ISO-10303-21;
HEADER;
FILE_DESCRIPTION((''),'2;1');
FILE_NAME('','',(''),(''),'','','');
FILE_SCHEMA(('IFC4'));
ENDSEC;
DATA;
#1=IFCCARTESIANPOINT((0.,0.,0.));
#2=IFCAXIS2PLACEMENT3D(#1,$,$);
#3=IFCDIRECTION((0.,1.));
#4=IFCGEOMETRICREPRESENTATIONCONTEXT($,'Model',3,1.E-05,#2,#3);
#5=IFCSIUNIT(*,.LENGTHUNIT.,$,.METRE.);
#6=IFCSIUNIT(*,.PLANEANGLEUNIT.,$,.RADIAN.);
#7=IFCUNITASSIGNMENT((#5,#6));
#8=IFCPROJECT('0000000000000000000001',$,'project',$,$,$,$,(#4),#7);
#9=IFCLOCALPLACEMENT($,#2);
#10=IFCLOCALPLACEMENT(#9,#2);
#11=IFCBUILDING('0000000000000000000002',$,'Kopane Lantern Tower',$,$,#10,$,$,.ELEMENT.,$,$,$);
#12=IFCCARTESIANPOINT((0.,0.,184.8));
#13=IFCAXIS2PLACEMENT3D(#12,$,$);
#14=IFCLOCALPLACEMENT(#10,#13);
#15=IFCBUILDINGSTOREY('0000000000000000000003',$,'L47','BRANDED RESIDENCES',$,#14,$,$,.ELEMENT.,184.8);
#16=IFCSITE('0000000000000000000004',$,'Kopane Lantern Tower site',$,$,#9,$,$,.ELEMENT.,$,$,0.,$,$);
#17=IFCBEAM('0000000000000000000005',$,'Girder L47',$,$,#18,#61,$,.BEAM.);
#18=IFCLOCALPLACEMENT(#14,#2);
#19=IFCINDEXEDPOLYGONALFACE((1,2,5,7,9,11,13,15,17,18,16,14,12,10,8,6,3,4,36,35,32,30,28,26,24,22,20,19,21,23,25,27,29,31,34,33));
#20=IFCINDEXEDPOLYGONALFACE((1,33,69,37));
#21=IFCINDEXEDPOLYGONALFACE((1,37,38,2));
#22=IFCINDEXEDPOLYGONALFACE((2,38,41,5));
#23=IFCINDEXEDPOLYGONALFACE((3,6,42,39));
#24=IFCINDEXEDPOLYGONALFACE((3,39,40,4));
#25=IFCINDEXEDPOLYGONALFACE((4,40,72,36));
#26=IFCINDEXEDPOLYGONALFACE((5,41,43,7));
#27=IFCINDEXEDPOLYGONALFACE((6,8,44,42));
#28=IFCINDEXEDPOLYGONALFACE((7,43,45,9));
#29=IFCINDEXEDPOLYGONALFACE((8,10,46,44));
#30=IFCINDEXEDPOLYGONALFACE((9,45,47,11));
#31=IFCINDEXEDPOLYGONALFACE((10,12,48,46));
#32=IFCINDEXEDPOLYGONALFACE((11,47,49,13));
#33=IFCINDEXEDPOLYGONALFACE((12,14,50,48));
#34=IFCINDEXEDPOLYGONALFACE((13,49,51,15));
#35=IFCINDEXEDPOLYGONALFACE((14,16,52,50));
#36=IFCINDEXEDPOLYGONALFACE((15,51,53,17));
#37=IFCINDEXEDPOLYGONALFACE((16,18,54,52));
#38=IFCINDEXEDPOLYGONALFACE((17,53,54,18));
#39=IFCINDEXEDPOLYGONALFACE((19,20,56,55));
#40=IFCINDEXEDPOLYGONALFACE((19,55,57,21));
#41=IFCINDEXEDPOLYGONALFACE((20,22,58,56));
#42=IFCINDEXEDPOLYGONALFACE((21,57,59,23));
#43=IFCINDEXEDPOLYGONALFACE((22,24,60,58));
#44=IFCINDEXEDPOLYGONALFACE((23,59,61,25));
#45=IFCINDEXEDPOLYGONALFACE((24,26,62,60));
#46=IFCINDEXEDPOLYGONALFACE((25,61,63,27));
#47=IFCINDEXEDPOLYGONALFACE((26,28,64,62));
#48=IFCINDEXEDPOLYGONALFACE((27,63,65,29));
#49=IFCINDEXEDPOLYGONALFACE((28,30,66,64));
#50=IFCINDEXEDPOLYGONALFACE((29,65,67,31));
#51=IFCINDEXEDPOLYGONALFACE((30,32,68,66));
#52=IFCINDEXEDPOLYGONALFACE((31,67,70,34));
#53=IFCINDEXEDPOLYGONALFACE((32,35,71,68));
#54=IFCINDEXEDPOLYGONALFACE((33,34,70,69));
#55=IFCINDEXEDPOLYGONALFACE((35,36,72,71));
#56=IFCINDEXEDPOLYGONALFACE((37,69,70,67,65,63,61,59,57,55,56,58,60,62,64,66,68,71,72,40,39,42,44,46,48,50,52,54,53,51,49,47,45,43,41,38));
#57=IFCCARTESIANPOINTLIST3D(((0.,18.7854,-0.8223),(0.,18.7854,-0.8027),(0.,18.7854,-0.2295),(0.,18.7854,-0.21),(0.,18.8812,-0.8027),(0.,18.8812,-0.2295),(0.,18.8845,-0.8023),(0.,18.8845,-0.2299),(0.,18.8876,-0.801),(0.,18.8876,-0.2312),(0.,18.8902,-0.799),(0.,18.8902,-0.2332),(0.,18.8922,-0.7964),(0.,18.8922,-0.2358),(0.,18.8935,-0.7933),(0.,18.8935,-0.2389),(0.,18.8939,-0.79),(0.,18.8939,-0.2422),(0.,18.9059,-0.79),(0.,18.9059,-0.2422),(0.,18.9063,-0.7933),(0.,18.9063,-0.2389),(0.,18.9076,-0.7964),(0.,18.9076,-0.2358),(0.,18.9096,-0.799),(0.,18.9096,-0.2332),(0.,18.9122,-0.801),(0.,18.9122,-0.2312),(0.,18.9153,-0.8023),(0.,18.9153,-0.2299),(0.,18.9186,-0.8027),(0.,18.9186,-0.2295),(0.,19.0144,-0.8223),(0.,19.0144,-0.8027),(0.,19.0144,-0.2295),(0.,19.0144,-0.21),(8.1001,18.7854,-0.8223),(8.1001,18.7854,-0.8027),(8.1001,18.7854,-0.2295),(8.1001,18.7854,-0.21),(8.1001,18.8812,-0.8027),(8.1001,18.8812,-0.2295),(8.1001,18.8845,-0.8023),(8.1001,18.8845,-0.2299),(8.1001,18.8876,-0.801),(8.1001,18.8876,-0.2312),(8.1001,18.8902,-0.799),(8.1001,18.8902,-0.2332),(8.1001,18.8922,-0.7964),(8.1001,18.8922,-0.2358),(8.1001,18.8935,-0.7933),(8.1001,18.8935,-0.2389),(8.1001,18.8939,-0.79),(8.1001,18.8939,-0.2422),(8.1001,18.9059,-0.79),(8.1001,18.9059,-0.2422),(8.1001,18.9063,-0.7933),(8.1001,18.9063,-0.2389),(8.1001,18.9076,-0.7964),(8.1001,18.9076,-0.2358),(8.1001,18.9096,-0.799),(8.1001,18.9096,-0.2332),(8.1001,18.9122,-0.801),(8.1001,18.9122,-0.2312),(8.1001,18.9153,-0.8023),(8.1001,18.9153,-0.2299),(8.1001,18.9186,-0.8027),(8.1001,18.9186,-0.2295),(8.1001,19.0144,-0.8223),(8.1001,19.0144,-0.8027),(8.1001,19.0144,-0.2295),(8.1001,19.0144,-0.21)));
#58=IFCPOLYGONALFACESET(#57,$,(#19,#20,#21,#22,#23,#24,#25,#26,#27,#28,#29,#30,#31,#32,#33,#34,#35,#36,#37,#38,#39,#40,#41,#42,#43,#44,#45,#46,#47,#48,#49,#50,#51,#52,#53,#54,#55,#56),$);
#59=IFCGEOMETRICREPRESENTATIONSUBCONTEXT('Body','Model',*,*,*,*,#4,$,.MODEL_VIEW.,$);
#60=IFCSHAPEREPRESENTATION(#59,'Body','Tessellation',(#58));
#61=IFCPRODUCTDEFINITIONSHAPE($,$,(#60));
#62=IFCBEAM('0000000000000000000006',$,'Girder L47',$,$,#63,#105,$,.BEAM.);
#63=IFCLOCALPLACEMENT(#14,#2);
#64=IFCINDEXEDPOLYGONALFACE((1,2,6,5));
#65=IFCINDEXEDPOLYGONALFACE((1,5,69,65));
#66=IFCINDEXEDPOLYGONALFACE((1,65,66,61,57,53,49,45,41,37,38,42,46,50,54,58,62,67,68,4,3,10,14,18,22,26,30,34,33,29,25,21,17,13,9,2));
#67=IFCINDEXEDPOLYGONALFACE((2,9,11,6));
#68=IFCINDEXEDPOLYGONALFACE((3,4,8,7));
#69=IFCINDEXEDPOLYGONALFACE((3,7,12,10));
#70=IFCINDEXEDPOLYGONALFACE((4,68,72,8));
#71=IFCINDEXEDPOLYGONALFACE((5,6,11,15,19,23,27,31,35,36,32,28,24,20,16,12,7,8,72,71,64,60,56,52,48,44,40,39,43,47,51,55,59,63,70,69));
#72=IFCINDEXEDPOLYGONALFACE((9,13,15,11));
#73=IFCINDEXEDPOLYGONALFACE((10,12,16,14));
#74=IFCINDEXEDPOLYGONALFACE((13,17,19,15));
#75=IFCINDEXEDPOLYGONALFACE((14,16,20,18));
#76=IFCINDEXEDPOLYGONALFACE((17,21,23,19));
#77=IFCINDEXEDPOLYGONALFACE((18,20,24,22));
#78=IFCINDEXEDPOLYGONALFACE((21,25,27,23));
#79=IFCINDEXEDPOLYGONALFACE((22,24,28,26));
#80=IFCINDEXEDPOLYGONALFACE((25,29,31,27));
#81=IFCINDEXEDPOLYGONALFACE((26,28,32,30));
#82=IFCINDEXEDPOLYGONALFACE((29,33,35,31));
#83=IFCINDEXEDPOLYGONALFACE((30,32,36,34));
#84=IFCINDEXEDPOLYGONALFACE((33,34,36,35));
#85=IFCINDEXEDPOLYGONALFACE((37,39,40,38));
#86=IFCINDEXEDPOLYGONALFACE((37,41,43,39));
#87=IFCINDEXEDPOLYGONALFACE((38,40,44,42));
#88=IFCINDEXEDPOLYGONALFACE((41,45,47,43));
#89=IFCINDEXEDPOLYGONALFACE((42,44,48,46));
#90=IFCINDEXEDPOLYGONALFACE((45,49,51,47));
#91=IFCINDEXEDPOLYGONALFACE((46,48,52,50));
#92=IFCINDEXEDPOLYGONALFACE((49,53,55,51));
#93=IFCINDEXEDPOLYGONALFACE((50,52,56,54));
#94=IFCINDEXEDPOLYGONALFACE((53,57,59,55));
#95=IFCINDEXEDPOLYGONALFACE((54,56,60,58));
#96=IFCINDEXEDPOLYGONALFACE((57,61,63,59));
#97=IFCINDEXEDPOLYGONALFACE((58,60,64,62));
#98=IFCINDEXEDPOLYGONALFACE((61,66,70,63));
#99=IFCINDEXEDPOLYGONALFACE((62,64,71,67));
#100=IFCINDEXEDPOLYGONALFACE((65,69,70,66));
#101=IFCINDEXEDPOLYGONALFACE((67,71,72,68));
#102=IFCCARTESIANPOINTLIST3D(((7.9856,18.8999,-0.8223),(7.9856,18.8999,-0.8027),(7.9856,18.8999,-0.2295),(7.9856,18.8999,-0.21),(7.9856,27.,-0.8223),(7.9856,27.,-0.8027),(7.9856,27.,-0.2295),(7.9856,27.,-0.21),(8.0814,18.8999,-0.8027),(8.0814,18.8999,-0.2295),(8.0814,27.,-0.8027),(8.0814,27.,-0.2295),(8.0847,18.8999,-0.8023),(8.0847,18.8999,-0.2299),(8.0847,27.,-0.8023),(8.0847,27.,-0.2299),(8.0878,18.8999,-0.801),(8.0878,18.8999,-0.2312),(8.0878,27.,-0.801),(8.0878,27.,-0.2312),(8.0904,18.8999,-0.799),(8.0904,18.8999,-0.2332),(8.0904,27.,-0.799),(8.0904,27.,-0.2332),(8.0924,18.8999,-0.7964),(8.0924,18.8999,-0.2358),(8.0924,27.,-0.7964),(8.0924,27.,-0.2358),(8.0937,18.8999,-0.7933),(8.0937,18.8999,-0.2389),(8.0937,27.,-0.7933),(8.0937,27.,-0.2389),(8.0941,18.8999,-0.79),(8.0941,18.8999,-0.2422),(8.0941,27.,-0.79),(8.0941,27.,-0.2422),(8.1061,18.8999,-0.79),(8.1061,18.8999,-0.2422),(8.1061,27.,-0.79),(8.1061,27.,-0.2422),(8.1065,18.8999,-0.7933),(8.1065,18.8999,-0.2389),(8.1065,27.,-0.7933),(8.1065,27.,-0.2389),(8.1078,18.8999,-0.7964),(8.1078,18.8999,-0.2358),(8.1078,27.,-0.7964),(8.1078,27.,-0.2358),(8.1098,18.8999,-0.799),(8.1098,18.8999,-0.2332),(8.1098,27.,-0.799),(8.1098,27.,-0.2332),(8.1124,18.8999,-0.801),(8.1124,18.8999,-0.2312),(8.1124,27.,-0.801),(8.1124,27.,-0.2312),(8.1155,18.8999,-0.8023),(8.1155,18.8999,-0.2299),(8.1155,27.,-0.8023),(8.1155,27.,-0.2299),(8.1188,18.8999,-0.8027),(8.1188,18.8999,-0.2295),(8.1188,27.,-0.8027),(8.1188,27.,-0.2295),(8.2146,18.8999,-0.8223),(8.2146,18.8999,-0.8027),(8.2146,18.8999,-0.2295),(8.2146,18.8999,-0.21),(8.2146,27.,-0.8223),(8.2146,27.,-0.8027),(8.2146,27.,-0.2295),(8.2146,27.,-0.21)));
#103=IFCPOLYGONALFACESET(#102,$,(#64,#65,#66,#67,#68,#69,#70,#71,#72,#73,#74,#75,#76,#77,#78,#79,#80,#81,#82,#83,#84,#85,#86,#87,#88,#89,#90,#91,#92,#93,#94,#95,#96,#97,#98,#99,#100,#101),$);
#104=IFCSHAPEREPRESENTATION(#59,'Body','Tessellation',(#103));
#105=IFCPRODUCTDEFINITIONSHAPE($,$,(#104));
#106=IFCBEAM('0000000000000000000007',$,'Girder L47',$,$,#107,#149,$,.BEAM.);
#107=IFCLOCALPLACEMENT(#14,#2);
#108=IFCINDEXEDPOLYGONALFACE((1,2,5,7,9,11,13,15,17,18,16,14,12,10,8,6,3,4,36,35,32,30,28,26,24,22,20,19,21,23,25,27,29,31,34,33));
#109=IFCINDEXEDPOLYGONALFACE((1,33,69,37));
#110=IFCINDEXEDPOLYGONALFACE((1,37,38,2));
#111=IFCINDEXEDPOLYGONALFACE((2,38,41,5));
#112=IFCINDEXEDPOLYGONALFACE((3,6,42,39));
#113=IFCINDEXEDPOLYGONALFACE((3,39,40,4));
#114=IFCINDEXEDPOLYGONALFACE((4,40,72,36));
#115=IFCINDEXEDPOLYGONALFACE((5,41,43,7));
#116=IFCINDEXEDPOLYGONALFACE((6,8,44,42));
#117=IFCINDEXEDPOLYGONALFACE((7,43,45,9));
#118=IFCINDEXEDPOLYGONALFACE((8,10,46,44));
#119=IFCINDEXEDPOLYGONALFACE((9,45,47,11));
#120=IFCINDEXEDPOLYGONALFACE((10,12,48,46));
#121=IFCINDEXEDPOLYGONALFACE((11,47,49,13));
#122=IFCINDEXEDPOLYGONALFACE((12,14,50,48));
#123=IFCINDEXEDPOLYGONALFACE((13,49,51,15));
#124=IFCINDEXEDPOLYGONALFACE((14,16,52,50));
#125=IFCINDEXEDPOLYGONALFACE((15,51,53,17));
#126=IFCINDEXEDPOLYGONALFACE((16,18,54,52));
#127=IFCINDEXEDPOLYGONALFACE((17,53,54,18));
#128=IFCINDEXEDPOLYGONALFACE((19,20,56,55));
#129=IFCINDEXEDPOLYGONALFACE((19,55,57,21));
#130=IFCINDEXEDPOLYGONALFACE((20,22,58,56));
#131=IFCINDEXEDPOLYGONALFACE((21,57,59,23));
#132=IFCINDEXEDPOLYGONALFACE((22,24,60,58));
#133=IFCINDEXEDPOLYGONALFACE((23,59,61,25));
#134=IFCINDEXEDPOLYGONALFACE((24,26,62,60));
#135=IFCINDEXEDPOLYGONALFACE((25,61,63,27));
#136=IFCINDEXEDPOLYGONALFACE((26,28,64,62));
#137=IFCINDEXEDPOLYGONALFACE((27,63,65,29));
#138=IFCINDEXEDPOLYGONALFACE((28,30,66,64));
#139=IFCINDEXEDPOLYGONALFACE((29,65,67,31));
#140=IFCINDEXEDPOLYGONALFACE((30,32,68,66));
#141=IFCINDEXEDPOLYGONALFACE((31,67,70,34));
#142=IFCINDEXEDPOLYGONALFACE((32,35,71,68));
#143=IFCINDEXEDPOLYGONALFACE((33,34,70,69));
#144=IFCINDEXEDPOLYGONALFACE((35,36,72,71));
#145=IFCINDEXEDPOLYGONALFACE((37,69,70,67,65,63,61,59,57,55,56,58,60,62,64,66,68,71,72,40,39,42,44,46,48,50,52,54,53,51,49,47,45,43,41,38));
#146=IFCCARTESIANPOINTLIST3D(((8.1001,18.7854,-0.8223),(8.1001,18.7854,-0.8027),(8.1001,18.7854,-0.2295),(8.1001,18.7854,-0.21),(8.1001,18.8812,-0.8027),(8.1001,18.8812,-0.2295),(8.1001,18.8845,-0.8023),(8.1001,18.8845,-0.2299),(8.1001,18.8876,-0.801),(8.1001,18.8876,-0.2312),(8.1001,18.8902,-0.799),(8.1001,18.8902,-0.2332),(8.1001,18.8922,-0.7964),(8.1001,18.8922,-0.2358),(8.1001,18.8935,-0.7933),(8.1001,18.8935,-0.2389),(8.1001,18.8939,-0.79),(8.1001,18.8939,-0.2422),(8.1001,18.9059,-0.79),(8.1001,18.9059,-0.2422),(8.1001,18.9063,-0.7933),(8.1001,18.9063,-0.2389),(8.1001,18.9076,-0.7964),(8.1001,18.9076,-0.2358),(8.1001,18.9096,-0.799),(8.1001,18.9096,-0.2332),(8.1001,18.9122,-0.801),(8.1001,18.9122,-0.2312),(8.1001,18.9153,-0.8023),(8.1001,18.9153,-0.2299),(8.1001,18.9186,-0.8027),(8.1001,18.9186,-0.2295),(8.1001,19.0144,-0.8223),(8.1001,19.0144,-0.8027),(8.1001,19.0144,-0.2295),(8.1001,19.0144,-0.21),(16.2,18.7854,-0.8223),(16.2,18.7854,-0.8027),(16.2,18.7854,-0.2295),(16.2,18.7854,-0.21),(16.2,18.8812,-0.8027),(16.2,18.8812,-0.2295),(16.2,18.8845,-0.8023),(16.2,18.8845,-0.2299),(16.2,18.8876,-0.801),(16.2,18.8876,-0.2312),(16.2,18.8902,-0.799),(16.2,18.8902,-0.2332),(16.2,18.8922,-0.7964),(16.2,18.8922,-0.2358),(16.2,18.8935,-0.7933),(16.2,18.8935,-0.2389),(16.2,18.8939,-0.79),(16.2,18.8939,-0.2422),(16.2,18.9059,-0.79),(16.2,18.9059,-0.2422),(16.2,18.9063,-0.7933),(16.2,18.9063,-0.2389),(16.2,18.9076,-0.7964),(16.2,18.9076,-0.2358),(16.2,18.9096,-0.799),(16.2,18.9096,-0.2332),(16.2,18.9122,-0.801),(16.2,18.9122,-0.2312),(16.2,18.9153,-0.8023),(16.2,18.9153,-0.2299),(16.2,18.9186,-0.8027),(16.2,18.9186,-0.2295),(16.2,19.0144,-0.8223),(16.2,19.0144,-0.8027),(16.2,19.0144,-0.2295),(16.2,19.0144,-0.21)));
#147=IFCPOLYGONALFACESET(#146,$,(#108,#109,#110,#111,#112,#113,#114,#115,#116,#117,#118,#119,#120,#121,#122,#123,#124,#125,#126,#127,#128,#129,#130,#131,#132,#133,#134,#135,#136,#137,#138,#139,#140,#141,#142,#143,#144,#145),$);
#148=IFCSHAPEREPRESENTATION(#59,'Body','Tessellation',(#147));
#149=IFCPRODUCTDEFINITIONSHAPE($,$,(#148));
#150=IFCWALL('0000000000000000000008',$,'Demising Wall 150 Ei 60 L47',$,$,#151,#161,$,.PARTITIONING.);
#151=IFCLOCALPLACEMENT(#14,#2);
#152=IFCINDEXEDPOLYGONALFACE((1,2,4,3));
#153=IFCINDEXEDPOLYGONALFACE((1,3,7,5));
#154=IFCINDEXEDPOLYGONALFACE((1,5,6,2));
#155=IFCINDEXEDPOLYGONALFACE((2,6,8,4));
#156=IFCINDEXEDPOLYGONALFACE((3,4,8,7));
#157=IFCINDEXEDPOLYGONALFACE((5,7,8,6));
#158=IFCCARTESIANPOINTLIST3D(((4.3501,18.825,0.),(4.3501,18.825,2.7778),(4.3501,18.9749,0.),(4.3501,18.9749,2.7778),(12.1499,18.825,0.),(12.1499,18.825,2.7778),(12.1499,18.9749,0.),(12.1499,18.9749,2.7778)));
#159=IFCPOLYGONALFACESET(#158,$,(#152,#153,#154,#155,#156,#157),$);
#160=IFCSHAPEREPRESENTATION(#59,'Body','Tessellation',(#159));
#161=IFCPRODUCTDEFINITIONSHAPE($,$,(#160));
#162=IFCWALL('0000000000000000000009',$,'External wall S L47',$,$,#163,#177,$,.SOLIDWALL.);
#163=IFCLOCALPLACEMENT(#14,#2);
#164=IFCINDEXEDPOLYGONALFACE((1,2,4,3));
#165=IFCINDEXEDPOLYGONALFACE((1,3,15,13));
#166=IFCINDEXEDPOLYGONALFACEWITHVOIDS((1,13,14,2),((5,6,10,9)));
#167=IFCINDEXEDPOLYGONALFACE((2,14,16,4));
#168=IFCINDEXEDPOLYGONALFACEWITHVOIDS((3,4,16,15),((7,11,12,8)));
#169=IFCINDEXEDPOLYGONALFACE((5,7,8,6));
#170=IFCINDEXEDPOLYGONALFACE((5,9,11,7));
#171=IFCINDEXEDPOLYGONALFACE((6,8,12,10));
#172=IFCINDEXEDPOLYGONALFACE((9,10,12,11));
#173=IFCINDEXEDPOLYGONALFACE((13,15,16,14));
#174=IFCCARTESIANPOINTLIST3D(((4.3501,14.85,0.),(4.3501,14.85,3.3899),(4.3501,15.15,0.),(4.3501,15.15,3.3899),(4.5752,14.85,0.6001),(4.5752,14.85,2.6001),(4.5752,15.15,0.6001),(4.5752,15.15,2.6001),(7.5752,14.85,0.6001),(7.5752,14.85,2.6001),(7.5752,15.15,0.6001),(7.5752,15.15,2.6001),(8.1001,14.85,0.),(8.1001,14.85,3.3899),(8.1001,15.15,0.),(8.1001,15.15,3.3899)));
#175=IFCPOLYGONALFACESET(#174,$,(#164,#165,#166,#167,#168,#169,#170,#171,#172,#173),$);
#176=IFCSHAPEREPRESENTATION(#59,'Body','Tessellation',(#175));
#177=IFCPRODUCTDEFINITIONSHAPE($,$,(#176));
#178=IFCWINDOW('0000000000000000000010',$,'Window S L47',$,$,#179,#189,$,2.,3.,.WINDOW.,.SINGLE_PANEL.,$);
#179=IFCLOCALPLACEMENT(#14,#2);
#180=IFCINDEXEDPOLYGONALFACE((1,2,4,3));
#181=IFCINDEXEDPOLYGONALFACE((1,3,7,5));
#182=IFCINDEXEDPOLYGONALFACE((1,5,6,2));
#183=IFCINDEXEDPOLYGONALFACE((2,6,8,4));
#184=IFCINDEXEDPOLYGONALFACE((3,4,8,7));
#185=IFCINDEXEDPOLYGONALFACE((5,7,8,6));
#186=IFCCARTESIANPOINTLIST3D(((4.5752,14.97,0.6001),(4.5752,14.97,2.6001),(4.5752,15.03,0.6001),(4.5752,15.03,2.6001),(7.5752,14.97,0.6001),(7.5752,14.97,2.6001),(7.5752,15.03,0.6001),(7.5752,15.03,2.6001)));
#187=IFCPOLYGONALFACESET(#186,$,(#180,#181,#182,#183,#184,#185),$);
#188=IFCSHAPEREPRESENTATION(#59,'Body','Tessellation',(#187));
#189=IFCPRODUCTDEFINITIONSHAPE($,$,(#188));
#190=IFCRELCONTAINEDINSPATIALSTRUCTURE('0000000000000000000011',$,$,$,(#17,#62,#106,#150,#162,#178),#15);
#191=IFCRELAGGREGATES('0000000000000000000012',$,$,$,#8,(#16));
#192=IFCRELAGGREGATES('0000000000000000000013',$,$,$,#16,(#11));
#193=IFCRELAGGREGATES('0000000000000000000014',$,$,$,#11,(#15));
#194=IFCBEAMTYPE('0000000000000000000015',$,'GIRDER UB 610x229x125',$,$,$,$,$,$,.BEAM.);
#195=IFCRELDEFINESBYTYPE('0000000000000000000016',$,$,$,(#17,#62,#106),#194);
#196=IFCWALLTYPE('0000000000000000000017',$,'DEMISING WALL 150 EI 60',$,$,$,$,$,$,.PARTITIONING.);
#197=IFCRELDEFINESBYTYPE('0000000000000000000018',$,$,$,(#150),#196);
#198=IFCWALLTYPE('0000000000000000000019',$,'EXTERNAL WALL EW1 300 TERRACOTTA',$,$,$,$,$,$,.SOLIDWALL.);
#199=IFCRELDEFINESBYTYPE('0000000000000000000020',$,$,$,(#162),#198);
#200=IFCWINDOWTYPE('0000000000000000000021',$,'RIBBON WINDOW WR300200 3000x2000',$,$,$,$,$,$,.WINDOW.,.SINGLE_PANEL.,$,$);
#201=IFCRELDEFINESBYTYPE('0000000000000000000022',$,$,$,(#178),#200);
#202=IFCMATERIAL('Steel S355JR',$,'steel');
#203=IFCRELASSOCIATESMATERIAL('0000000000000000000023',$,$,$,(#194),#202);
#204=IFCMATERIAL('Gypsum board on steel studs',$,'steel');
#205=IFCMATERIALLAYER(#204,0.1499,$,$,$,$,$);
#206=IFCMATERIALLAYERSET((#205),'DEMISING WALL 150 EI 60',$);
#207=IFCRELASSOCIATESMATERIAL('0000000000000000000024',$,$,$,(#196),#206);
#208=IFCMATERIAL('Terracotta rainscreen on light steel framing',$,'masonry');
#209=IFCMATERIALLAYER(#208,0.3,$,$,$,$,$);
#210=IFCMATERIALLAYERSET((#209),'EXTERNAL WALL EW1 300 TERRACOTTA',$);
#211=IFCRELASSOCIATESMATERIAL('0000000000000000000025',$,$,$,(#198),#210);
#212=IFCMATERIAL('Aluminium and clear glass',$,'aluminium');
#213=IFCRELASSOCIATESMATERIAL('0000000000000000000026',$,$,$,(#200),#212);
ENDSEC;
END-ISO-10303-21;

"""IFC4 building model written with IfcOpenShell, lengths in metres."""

from ifc_helpers import new_model, si_unit, direction, frame, frame_2d, origin, origin_2d, place, context, subcontext, project, spatial, rectangle, i_section, extrude, material, layer, layer_set, material_profile, profile_set, type_object, element, fill, save


model = new_model("IFC4")

# Units and contexts
model_context = context("Model", 3, precision=1e-05, world=origin(), true_north=direction((0.0, 1.0)))
body_context = subcontext(model_context, "Body", "Model", "MODEL_VIEW")
ifc_project = project(units=[si_unit("LENGTHUNIT", "METRE"), si_unit("PLANEANGLEUNIT", "RADIAN")], contexts=[model_context])

# Site, building, storey
site_placement = place(None, origin())
site = spatial("IfcSite", under=ifc_project, at=site_placement, Name="Kopane Lantern Tower site", CompositionType="ELEMENT", RefElevation=0.0)
building_placement = place(site_placement, origin())
building = spatial("IfcBuilding", under=site, at=building_placement, Name="Kopane Lantern Tower", CompositionType="ELEMENT")
storey_placement = place(building_placement, frame((0.0, 0.0, 184.8)))
storey = spatial("IfcBuildingStorey", under=building, at=storey_placement, Name="L47", Description="BRANDED RESIDENCES", CompositionType="ELEMENT", Elevation=184.8)

# Beams
ifc_material_1 = material(Name="Steel S355JR", Category="steel")
ifc_material_profile_1 = material_profile(ifc_material_1, i_section(OverallWidth=0.229, OverallDepth=0.6123, WebThickness=0.012, FlangeThickness=0.0195, FilletRadius=0.0127, at=origin_2d()), Name="UB 610x229x125")
ifc_profile_set_1 = profile_set([ifc_material_profile_1], Name="Steel S355JR")
beam_type_1 = type_object("IfcBeamType", Name="GIRDER UB 610x229x125", PredefinedType="BEAM", material=ifc_profile_set_1)
for number, where, z_axis, x_axis, name in (
    (1, (0.0, 18.8999, -0.5161), (1.0, 0.0, 0.0), (0.0, 1.0, 0.0), "Girder L47"),
    (2, (8.1001, 18.8999, -0.5161), (0.0, 1.0, 0.0), (-1.0, 0.0, 0.0), "Girder L47"),
):
    element("IfcBeam", number, at=place(storey_placement, frame(where, z_axis=z_axis, x_axis=x_axis)), inside=storey, type_object=beam_type_1, Name=name, PredefinedType="BEAM", context=body_context, shape_type="SweptSolid", body=[
        extrude(i_section(OverallWidth=0.229, OverallDepth=0.6123, WebThickness=0.012, FlangeThickness=0.0195, FilletRadius=0.0127, at=origin_2d()), origin(), (0.0, 0.0, 1.0), 8.1001),
    ])
beam_1_placement = place(storey_placement, frame((8.1001, 18.8999, -0.5161), z_axis=(1.0, 0.0, 0.0), x_axis=(0.0, 1.0, 0.0)))
element("IfcBeam", 3, at=beam_1_placement, inside=storey, type_object=beam_type_1, Name="Girder L47", PredefinedType="BEAM", context=body_context, shape_type="SweptSolid", body=[
    extrude(i_section(OverallWidth=0.229, OverallDepth=0.6123, WebThickness=0.012, FlangeThickness=0.0195, FilletRadius=0.0127, at=origin_2d()), origin(), (0.0, 0.0, 1.0), 8.0999),
])

# Wall
ifc_material_2 = material(Name="Gypsum board on steel studs", Category="steel")
ifc_layer_1 = layer(ifc_material_2, 0.1499)
ifc_layer_set_1 = layer_set([ifc_layer_1], Name="DEMISING WALL 150 EI 60")
wall_type_1 = type_object("IfcWallType", Name="DEMISING WALL 150 EI 60", PredefinedType="PARTITIONING", material=ifc_layer_set_1)
wall_1_placement = place(storey_placement, frame((4.3501, 18.8999, 0.0), z_axis=(0.0, 0.0, 1.0), x_axis=(1.0, 0.0, 0.0)))
element("IfcWall", 4, at=wall_1_placement, inside=storey, type_object=wall_type_1, Name="Demising Wall 150 Ei 60 L47", PredefinedType="PARTITIONING", context=body_context, shape_type="SweptSolid", body=[
    extrude(rectangle(XDim=7.7998, YDim=0.1499, at=frame_2d((3.8999, 0.0))), origin(), (0.0, 0.0, 1.0), 2.7778),
])

# Wall, opening, window
ifc_material_3 = material(Name="Terracotta rainscreen on light steel framing", Category="masonry")
ifc_layer_2 = layer(ifc_material_3, 0.3)
ifc_layer_set_2 = layer_set([ifc_layer_2], Name="EXTERNAL WALL EW1 300 TERRACOTTA")
wall_type_2 = type_object("IfcWallType", Name="EXTERNAL WALL EW1 300 TERRACOTTA", PredefinedType="SOLIDWALL", material=ifc_layer_set_2)
wall_2_placement = place(storey_placement, frame((4.3501, 15.0, 0.0), z_axis=(0.0, 0.0, 1.0), x_axis=(1.0, 0.0, 0.0)))
wall_2 = element("IfcWall", 5, at=wall_2_placement, inside=storey, type_object=wall_type_2, Name="External wall S L47", PredefinedType="SOLIDWALL", context=body_context, shape_type="SweptSolid", body=[
    extrude(rectangle(XDim=3.75, YDim=0.3, at=frame_2d((1.875, 0.0))), origin(), (0.0, 0.0, 1.0), 3.3899),
])
opening_1_placement = place(wall_2_placement, frame((0.2251, 0.0, 0.6001)))
opening_1 = element("IfcOpeningElement", 6, at=opening_1_placement, cuts=wall_2, PredefinedType="OPENING", context=body_context, shape_type="SweptSolid", body=[
    extrude(rectangle(XDim=3.0, YDim=2.0, at=frame_2d((1.5, 1.0))), frame((0.0, 0.1599, 0.0), z_axis=(0.0, -1.0, 0.0), x_axis=(1.0, 0.0, 0.0)), (0.0, 0.0, 1.0), 0.3201),
])
ifc_material_4 = material(Name="Aluminium and clear glass", Category="aluminium")
window_type = type_object("IfcWindowType", Name="RIBBON WINDOW WR300200 3000x2000", PartitioningType="SINGLE_PANEL", PredefinedType="WINDOW", material=ifc_material_4)
window_placement = place(opening_1_placement, origin())
window = element("IfcWindow", 7, at=window_placement, inside=storey, type_object=window_type, Name="Window S L47", OverallHeight=2.0, OverallWidth=3.0, PartitioningType="SINGLE_PANEL", PredefinedType="WINDOW", context=body_context, shape_type="SweptSolid", body=[
    extrude(rectangle(XDim=3.0, YDim=2.0, at=frame_2d((1.5, 1.0))), frame((0.0, 0.03, 0.0), z_axis=(0.0, -1.0, 0.0), x_axis=(1.0, 0.0, 0.0)), (0.0, 0.0, 1.0), 0.0601),
])
fill(opening_1, window)

save(model, "model.ifc")
